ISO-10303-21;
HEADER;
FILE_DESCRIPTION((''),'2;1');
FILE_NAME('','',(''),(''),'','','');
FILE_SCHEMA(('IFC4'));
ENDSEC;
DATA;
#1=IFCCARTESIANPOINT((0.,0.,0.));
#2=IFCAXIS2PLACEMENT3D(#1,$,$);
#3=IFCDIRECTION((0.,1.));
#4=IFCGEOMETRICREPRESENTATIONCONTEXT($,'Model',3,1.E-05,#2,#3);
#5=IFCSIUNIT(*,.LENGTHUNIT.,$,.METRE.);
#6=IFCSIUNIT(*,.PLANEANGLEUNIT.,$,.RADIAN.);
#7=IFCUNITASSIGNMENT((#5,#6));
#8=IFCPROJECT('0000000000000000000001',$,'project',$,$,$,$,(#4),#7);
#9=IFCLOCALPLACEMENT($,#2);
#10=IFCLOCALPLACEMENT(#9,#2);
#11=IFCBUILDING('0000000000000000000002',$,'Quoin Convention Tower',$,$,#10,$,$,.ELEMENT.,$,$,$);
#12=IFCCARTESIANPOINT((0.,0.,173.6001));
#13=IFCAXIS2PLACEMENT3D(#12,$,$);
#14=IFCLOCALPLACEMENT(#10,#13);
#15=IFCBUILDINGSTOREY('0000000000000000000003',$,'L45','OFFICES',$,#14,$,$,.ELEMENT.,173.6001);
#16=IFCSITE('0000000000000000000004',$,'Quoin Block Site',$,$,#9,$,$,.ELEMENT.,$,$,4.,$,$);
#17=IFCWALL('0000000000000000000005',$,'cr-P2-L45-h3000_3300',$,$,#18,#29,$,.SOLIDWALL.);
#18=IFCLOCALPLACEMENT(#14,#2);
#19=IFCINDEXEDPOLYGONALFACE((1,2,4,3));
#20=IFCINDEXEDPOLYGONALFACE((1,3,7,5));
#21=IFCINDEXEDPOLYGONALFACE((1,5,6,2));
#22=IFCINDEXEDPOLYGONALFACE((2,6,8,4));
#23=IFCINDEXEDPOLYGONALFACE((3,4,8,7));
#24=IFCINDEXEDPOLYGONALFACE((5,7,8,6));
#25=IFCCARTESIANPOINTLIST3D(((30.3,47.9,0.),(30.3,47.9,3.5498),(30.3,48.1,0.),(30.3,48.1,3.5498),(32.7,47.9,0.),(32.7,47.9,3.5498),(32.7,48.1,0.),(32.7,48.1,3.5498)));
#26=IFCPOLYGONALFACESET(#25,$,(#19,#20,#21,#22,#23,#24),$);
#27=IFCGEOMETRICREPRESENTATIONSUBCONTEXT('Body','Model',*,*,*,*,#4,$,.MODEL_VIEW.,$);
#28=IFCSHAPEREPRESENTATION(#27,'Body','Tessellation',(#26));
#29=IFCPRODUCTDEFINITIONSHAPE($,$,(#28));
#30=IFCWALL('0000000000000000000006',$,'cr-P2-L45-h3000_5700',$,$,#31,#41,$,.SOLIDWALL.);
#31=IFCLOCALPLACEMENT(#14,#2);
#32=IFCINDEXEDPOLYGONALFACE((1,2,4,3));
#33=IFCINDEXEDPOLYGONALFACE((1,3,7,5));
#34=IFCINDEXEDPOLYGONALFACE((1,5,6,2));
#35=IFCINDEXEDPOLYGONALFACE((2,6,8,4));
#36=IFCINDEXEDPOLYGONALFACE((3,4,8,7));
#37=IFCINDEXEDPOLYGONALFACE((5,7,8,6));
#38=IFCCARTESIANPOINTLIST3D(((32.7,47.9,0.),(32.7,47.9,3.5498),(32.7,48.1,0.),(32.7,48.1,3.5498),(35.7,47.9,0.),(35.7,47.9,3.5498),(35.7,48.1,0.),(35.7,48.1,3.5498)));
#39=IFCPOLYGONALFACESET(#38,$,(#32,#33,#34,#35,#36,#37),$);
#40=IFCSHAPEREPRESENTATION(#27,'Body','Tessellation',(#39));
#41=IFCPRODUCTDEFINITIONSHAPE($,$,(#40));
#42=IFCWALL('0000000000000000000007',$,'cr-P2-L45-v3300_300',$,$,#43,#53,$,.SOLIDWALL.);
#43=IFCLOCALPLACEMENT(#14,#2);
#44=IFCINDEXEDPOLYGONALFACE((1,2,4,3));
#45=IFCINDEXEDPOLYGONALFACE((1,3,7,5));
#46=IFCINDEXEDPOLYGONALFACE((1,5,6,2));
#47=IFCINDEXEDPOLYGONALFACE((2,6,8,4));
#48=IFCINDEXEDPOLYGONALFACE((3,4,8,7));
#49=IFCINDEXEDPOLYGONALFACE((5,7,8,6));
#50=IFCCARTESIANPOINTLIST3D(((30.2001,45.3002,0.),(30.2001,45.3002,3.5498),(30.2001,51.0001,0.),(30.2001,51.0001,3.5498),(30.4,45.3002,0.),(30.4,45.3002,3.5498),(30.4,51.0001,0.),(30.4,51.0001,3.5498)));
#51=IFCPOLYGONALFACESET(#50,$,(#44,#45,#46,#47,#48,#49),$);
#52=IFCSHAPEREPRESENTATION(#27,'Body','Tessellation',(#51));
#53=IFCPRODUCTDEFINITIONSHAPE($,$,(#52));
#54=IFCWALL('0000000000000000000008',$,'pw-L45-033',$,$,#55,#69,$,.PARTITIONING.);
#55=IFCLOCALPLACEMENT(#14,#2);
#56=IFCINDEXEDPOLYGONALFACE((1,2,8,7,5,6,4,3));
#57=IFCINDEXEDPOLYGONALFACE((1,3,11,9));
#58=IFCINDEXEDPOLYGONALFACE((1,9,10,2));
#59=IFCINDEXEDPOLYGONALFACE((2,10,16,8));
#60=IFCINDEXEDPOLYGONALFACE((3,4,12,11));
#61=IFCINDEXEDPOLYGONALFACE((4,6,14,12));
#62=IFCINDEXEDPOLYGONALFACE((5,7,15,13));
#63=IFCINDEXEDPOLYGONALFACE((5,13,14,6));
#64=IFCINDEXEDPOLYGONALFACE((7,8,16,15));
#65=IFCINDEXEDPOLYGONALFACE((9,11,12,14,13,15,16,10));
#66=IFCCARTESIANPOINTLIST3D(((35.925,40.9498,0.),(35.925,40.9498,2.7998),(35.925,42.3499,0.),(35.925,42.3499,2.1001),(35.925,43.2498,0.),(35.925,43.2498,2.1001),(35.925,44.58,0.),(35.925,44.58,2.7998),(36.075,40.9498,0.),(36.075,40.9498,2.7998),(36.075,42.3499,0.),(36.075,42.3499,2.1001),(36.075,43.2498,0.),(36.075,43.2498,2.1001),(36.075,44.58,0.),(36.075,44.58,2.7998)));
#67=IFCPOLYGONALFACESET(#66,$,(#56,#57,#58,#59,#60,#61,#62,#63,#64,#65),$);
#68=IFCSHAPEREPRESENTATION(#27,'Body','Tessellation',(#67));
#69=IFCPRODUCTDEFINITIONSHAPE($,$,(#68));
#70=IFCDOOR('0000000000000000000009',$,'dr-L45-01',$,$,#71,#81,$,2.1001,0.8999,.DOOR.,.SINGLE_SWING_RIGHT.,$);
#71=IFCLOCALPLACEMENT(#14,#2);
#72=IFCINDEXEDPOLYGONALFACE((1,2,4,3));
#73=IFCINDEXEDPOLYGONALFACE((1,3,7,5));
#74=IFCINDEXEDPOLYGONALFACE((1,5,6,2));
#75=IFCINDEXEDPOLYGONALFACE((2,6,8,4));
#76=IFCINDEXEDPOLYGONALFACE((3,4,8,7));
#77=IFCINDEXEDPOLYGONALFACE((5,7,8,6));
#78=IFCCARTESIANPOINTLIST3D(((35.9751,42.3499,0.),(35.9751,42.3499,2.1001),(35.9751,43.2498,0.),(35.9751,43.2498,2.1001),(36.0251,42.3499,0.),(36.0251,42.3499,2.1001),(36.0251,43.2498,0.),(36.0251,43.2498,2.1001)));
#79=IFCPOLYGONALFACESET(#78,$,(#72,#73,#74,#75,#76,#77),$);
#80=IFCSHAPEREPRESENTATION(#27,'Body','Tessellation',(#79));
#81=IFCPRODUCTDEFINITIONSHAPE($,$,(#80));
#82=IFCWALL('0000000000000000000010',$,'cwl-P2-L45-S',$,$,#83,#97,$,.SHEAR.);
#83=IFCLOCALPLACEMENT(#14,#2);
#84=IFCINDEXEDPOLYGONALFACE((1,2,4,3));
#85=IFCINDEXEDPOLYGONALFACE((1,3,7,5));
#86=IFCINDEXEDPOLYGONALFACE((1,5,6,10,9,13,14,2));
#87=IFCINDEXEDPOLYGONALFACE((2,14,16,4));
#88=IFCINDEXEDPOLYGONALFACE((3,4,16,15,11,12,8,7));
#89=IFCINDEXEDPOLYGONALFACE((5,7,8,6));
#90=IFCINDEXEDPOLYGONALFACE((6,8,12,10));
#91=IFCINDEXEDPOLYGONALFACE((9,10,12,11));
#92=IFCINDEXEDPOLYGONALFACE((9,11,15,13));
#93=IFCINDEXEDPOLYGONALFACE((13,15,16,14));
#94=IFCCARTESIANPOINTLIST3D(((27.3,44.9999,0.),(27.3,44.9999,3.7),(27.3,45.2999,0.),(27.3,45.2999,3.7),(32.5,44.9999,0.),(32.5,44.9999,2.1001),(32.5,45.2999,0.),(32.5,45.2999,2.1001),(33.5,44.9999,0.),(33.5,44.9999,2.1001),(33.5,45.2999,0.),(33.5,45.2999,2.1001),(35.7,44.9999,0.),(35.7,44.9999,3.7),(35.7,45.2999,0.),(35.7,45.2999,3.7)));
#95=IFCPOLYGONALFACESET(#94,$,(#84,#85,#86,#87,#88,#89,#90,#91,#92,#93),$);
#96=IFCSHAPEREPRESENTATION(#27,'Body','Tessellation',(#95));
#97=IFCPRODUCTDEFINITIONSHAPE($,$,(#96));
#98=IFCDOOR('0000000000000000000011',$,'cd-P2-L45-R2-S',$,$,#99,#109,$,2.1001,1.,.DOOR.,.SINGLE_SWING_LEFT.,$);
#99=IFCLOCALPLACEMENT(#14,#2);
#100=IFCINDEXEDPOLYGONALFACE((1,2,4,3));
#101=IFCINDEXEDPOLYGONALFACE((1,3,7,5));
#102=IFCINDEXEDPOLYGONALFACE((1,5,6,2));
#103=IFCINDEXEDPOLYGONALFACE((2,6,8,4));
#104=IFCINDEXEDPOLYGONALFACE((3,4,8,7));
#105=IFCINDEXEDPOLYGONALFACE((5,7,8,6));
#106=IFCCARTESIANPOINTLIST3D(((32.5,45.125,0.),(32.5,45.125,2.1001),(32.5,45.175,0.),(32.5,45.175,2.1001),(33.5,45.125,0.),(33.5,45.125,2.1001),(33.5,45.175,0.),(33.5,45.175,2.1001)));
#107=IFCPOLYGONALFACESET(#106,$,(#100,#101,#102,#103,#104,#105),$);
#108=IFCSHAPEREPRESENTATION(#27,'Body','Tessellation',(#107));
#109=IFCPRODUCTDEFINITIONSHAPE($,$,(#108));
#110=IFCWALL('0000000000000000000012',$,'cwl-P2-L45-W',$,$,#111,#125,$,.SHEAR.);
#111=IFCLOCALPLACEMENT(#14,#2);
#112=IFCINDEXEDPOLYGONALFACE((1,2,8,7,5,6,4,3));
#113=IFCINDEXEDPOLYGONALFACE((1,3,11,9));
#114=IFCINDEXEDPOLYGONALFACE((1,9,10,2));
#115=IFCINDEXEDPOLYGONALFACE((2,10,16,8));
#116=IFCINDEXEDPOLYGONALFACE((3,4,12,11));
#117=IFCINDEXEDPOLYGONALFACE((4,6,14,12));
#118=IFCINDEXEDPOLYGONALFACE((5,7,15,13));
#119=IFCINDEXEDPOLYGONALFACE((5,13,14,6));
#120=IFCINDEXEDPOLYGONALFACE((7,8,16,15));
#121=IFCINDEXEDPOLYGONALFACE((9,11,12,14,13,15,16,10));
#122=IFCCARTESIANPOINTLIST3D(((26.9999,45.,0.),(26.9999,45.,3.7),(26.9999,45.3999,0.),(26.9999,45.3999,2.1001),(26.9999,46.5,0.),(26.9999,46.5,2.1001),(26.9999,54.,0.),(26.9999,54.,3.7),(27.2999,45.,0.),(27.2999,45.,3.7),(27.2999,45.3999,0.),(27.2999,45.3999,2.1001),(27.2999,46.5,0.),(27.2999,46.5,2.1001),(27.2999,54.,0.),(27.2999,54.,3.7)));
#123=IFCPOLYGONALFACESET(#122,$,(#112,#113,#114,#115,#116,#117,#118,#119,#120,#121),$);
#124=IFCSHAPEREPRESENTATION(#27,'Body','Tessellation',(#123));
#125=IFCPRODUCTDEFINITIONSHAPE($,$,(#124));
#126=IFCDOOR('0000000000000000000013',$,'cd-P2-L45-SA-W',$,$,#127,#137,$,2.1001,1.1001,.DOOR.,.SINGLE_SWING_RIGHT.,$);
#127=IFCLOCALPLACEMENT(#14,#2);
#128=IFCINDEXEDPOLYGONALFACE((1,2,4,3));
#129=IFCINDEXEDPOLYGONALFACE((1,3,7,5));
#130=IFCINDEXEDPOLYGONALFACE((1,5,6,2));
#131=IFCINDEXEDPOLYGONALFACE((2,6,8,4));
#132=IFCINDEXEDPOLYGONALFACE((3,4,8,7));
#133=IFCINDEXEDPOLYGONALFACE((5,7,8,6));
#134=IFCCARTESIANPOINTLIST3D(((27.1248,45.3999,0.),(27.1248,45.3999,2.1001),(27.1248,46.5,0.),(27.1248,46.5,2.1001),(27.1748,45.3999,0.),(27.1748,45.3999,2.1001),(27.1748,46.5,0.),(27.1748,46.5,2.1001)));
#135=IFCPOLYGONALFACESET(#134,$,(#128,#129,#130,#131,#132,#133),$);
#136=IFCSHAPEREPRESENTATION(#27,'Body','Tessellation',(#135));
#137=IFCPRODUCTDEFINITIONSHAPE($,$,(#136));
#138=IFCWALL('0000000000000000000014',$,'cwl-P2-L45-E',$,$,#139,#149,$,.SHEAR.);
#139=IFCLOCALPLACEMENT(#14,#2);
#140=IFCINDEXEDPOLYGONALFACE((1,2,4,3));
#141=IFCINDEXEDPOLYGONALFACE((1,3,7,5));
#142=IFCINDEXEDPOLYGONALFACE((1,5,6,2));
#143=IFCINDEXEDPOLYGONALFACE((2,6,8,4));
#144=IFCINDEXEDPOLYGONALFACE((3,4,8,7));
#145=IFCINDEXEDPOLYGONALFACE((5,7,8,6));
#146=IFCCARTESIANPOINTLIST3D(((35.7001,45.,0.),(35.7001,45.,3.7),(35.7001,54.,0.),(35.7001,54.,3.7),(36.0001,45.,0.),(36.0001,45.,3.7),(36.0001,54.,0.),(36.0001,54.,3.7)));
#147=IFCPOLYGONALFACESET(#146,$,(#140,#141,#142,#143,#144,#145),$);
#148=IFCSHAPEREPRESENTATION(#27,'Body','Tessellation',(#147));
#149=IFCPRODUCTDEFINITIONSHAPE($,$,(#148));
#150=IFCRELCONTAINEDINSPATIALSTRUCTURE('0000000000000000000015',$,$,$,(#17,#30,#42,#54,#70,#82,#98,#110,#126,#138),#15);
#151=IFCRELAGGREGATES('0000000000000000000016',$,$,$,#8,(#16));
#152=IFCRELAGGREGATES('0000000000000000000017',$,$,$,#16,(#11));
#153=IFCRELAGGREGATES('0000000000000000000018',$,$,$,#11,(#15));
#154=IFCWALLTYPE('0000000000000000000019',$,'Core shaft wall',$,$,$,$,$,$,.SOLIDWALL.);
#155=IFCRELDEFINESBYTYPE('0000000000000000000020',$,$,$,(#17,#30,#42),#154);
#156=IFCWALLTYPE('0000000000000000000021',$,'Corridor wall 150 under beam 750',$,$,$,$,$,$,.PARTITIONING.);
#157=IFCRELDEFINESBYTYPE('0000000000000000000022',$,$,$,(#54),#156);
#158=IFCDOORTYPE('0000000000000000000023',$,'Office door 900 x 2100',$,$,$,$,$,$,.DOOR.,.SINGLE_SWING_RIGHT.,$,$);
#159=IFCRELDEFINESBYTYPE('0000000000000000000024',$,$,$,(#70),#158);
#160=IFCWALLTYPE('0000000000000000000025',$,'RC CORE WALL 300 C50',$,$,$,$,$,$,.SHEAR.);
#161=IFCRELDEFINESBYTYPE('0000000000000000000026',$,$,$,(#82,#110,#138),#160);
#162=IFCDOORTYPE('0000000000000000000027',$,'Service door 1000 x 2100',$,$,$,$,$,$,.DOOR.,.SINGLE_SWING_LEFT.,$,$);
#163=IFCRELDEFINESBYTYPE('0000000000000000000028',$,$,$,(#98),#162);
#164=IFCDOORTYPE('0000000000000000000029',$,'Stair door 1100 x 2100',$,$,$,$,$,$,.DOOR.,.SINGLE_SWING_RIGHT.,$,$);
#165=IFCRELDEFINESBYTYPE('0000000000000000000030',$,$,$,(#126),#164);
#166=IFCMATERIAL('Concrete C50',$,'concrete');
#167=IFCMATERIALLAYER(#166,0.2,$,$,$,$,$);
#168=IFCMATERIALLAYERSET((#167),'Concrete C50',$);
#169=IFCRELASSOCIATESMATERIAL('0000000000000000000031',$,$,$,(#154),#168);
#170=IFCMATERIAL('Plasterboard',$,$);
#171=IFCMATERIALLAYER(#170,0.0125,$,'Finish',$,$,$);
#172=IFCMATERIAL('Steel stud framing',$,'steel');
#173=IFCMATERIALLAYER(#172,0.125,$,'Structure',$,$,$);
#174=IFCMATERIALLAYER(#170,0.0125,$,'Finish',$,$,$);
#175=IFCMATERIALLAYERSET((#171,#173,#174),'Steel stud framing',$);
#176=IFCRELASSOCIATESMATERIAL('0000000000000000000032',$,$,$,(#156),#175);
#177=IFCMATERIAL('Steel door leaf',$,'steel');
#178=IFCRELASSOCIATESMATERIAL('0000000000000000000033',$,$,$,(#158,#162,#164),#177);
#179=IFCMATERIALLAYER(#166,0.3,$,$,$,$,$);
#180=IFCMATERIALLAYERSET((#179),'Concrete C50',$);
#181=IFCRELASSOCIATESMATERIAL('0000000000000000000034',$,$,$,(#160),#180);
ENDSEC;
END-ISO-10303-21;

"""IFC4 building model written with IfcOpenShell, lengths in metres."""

from ifc_helpers import new_model, si_unit, direction, frame, frame_2d, origin, place, context, subcontext, project, spatial, rectangle, extrude, material, layer, layer_set, type_object, element, fill, save


model = new_model("IFC4")

# Units and contexts
model_context = context("Model", 3, precision=1e-05, world=origin(), true_north=direction((0.0, 1.0)))
body_context = subcontext(model_context, "Body", "Model", "MODEL_VIEW")
ifc_project = project(units=[si_unit("LENGTHUNIT", "METRE"), si_unit("PLANEANGLEUNIT", "RADIAN")], contexts=[model_context])

# Site, building, storey
site_placement = place(None, origin())
site = spatial("IfcSite", under=ifc_project, at=site_placement, Name="Quoin Block Site", CompositionType="ELEMENT", RefElevation=4.0)
building_placement = place(site_placement, origin())
building = spatial("IfcBuilding", under=site, at=building_placement, Name="Quoin Convention Tower", CompositionType="ELEMENT")
storey_placement = place(building_placement, frame((0.0, 0.0, 173.6001)))
storey = spatial("IfcBuildingStorey", under=building, at=storey_placement, Name="L45", Description="OFFICES", CompositionType="ELEMENT", Elevation=173.6001)

# Shared definitions
ifc_material_1 = material(Name="Concrete C50", Category="concrete")

# Walls
ifc_layer_1 = layer(ifc_material_1, 0.2)
ifc_layer_set_1 = layer_set([ifc_layer_1], Name="Concrete C50")
wall_type_1 = type_object("IfcWallType", Name="Core shaft wall", PredefinedType="SOLIDWALL", material=ifc_layer_set_1)
wall_1_placement = place(storey_placement, frame((30.3, 48.0, 0.0), z_axis=(0.0, 0.0, 1.0), x_axis=(1.0, 0.0, 0.0)))
element("IfcWall", 1, at=wall_1_placement, inside=storey, type_object=wall_type_1, Name="cr-P2-L45-h3000_3300", PredefinedType="SOLIDWALL", context=body_context, shape_type="SweptSolid", body=[
    extrude(rectangle(XDim=2.3999, YDim=0.2, at=frame_2d((1.2, 0.0))), origin(), (0.0, 0.0, 1.0), 3.5498),
])
wall_2_placement = place(storey_placement, frame((32.7, 48.0, 0.0), z_axis=(0.0, 0.0, 1.0), x_axis=(1.0, 0.0, 0.0)))
element("IfcWall", 2, at=wall_2_placement, inside=storey, type_object=wall_type_1, Name="cr-P2-L45-h3000_5700", PredefinedType="SOLIDWALL", context=body_context, shape_type="SweptSolid", body=[
    extrude(rectangle(XDim=3.0, YDim=0.2, at=frame_2d((1.5, 0.0))), origin(), (0.0, 0.0, 1.0), 3.5498),
])
wall_3_placement = place(storey_placement, frame((30.3, 45.3, 0.0), z_axis=(0.0, 0.0, 1.0), x_axis=(0.0, 1.0, 0.0)))
element("IfcWall", 3, at=wall_3_placement, inside=storey, type_object=wall_type_1, Name="cr-P2-L45-v3300_300", PredefinedType="SOLIDWALL", context=body_context, shape_type="SweptSolid", body=[
    extrude(rectangle(XDim=5.7, YDim=0.2, at=frame_2d((2.8501, 0.0))), origin(), (0.0, 0.0, 1.0), 3.5498),
])

# Walls, openings, doors
ifc_material_2 = material(Name="Plasterboard")
ifc_layer_2 = layer(ifc_material_2, 0.0125, Name="Finish")
ifc_material_3 = material(Name="Steel stud framing", Category="steel")
ifc_layer_3 = layer(ifc_material_3, 0.125, Name="Structure")
ifc_layer_4 = layer(ifc_material_2, 0.0125, Name="Finish")
ifc_layer_set_2 = layer_set([ifc_layer_2, ifc_layer_3, ifc_layer_4], Name="Steel stud framing")
wall_type_2 = type_object("IfcWallType", Name="Corridor wall 150 under beam 750", PredefinedType="PARTITIONING", material=ifc_layer_set_2)
wall_4_placement = place(storey_placement, frame((36.0, 40.95, 0.0), z_axis=(0.0, 0.0, 1.0), x_axis=(0.0, 1.0, 0.0)))
wall_4 = element("IfcWall", 4, at=wall_4_placement, inside=storey, type_object=wall_type_2, Name="pw-L45-033", PredefinedType="PARTITIONING", context=body_context, shape_type="SweptSolid", body=[
    extrude(rectangle(XDim=3.6301, YDim=0.1499, at=frame_2d((1.8149, 0.0))), origin(), (0.0, 0.0, 1.0), 2.7998),
])
opening_1_placement = place(wall_4_placement, frame((1.3999, 0.0, 0.0)))
opening_1 = element("IfcOpeningElement", 5, at=opening_1_placement, cuts=wall_4, PredefinedType="OPENING", context=body_context, shape_type="SweptSolid", body=[
    extrude(rectangle(XDim=0.8999, YDim=2.1001, at=frame_2d((0.45, 1.05))), frame((0.0, 0.085, 0.0), z_axis=(0.0, -1.0, 0.0), x_axis=(1.0, 0.0, 0.0)), (0.0, 0.0, 1.0), 0.1699),
])
ifc_material_4 = material(Name="Steel door leaf", Category="steel")
door_type_1 = type_object("IfcDoorType", Name="Office door 900 x 2100", OperationType="SINGLE_SWING_RIGHT", PredefinedType="DOOR", material=ifc_material_4)
door_1_placement = place(opening_1_placement, origin())
door_1 = element("IfcDoor", 6, at=door_1_placement, inside=storey, type_object=door_type_1, Name="dr-L45-01", OperationType="SINGLE_SWING_RIGHT", OverallHeight=2.1001, OverallWidth=0.8999, PredefinedType="DOOR", context=body_context, shape_type="SweptSolid", body=[
    extrude(rectangle(XDim=0.8999, YDim=2.1001, at=frame_2d((0.45, 1.05))), frame((0.0, 0.0249, 0.0), z_axis=(0.0, -1.0, 0.0), x_axis=(1.0, 0.0, 0.0)), (0.0, 0.0, 1.0), 0.05),
])
fill(opening_1, door_1)
ifc_layer_5 = layer(ifc_material_1, 0.3)
ifc_layer_set_3 = layer_set([ifc_layer_5], Name="Concrete C50")
wall_type_3 = type_object("IfcWallType", Name="RC CORE WALL 300 C50", PredefinedType="SHEAR", material=ifc_layer_set_3)
wall_5_placement = place(storey_placement, frame((27.3, 45.1499, 0.0), z_axis=(0.0, 0.0, 1.0), x_axis=(1.0, 0.0, 0.0)))
wall_5 = element("IfcWall", 7, at=wall_5_placement, inside=storey, type_object=wall_type_3, Name="cwl-P2-L45-S", PredefinedType="SHEAR", context=body_context, shape_type="SweptSolid", body=[
    extrude(rectangle(XDim=8.3999, YDim=0.3, at=frame_2d((4.2, 0.0))), origin(), (0.0, 0.0, 1.0), 3.7),
])
opening_2_placement = place(wall_5_placement, frame((5.2, 0.0, 0.0)))
opening_2 = element("IfcOpeningElement", 8, at=opening_2_placement, cuts=wall_5, PredefinedType="OPENING", context=body_context, shape_type="SweptSolid", body=[
    extrude(rectangle(XDim=1.0, YDim=2.1001, at=frame_2d((0.5, 1.05))), frame((0.0, 0.1599, 0.0), z_axis=(0.0, -1.0, 0.0), x_axis=(1.0, 0.0, 0.0)), (0.0, 0.0, 1.0), 0.3201),
])
door_type_2 = type_object("IfcDoorType", Name="Service door 1000 x 2100", OperationType="SINGLE_SWING_LEFT", PredefinedType="DOOR", material=ifc_material_4)
door_2_placement = place(opening_2_placement, frame((1.0, 0.0, 0.0), z_axis=(0.0, 0.0, 1.0), x_axis=(-1.0, 0.0, 0.0)))
door_2 = element("IfcDoor", 9, at=door_2_placement, inside=storey, type_object=door_type_2, Name="cd-P2-L45-R2-S", OperationType="SINGLE_SWING_LEFT", OverallHeight=2.1001, OverallWidth=1.0, PredefinedType="DOOR", context=body_context, shape_type="SweptSolid", body=[
    extrude(rectangle(XDim=1.0, YDim=2.1001, at=frame_2d((0.5, 1.05))), frame((0.0, 0.0249, 0.0), z_axis=(0.0, -1.0, 0.0), x_axis=(1.0, 0.0, 0.0)), (0.0, 0.0, 1.0), 0.05),
])
fill(opening_2, door_2)
wall_6_placement = place(storey_placement, frame((27.1499, 45.0, 0.0), z_axis=(0.0, 0.0, 1.0), x_axis=(0.0, 1.0, 0.0)))
wall_6 = element("IfcWall", 10, at=wall_6_placement, inside=storey, type_object=wall_type_3, Name="cwl-P2-L45-W", PredefinedType="SHEAR", context=body_context, shape_type="SweptSolid", body=[
    extrude(rectangle(XDim=9.0, YDim=0.3, at=frame_2d((4.5, 0.0))), origin(), (0.0, 0.0, 1.0), 3.7),
])
opening_3_placement = place(wall_6_placement, frame((0.3999, 0.0, 0.0)))
opening_3 = element("IfcOpeningElement", 11, at=opening_3_placement, cuts=wall_6, PredefinedType="OPENING", context=body_context, shape_type="SweptSolid", body=[
    extrude(rectangle(XDim=1.1001, YDim=2.1001, at=frame_2d((0.55, 1.05))), frame((0.0, 0.1599, 0.0), z_axis=(0.0, -1.0, 0.0), x_axis=(1.0, 0.0, 0.0)), (0.0, 0.0, 1.0), 0.3201),
])
door_type_3 = type_object("IfcDoorType", Name="Stair door 1100 x 2100", OperationType="SINGLE_SWING_RIGHT", PredefinedType="DOOR", material=ifc_material_4)
door_3_placement = place(opening_3_placement, frame((1.1001, 0.0, 0.0), z_axis=(0.0, 0.0, 1.0), x_axis=(-1.0, 0.0, 0.0)))
door_3 = element("IfcDoor", 12, at=door_3_placement, inside=storey, type_object=door_type_3, Name="cd-P2-L45-SA-W", OperationType="SINGLE_SWING_RIGHT", OverallHeight=2.1001, OverallWidth=1.1001, PredefinedType="DOOR", context=body_context, shape_type="SweptSolid", body=[
    extrude(rectangle(XDim=1.1001, YDim=2.1001, at=frame_2d((0.55, 1.05))), frame((0.0, 0.0249, 0.0), z_axis=(0.0, -1.0, 0.0), x_axis=(1.0, 0.0, 0.0)), (0.0, 0.0, 1.0), 0.05),
])
fill(opening_3, door_3)

# Wall
wall_7_placement = place(storey_placement, frame((35.8501, 45.0, 0.0), z_axis=(0.0, 0.0, 1.0), x_axis=(0.0, 1.0, 0.0)))
element("IfcWall", 13, at=wall_7_placement, inside=storey, type_object=wall_type_3, Name="cwl-P2-L45-E", PredefinedType="SHEAR", context=body_context, shape_type="SweptSolid", body=[
    extrude(rectangle(XDim=9.0, YDim=0.3, at=frame_2d((4.5, 0.0))), origin(), (0.0, 0.0, 1.0), 3.7),
])

save(model, "model.ifc")
